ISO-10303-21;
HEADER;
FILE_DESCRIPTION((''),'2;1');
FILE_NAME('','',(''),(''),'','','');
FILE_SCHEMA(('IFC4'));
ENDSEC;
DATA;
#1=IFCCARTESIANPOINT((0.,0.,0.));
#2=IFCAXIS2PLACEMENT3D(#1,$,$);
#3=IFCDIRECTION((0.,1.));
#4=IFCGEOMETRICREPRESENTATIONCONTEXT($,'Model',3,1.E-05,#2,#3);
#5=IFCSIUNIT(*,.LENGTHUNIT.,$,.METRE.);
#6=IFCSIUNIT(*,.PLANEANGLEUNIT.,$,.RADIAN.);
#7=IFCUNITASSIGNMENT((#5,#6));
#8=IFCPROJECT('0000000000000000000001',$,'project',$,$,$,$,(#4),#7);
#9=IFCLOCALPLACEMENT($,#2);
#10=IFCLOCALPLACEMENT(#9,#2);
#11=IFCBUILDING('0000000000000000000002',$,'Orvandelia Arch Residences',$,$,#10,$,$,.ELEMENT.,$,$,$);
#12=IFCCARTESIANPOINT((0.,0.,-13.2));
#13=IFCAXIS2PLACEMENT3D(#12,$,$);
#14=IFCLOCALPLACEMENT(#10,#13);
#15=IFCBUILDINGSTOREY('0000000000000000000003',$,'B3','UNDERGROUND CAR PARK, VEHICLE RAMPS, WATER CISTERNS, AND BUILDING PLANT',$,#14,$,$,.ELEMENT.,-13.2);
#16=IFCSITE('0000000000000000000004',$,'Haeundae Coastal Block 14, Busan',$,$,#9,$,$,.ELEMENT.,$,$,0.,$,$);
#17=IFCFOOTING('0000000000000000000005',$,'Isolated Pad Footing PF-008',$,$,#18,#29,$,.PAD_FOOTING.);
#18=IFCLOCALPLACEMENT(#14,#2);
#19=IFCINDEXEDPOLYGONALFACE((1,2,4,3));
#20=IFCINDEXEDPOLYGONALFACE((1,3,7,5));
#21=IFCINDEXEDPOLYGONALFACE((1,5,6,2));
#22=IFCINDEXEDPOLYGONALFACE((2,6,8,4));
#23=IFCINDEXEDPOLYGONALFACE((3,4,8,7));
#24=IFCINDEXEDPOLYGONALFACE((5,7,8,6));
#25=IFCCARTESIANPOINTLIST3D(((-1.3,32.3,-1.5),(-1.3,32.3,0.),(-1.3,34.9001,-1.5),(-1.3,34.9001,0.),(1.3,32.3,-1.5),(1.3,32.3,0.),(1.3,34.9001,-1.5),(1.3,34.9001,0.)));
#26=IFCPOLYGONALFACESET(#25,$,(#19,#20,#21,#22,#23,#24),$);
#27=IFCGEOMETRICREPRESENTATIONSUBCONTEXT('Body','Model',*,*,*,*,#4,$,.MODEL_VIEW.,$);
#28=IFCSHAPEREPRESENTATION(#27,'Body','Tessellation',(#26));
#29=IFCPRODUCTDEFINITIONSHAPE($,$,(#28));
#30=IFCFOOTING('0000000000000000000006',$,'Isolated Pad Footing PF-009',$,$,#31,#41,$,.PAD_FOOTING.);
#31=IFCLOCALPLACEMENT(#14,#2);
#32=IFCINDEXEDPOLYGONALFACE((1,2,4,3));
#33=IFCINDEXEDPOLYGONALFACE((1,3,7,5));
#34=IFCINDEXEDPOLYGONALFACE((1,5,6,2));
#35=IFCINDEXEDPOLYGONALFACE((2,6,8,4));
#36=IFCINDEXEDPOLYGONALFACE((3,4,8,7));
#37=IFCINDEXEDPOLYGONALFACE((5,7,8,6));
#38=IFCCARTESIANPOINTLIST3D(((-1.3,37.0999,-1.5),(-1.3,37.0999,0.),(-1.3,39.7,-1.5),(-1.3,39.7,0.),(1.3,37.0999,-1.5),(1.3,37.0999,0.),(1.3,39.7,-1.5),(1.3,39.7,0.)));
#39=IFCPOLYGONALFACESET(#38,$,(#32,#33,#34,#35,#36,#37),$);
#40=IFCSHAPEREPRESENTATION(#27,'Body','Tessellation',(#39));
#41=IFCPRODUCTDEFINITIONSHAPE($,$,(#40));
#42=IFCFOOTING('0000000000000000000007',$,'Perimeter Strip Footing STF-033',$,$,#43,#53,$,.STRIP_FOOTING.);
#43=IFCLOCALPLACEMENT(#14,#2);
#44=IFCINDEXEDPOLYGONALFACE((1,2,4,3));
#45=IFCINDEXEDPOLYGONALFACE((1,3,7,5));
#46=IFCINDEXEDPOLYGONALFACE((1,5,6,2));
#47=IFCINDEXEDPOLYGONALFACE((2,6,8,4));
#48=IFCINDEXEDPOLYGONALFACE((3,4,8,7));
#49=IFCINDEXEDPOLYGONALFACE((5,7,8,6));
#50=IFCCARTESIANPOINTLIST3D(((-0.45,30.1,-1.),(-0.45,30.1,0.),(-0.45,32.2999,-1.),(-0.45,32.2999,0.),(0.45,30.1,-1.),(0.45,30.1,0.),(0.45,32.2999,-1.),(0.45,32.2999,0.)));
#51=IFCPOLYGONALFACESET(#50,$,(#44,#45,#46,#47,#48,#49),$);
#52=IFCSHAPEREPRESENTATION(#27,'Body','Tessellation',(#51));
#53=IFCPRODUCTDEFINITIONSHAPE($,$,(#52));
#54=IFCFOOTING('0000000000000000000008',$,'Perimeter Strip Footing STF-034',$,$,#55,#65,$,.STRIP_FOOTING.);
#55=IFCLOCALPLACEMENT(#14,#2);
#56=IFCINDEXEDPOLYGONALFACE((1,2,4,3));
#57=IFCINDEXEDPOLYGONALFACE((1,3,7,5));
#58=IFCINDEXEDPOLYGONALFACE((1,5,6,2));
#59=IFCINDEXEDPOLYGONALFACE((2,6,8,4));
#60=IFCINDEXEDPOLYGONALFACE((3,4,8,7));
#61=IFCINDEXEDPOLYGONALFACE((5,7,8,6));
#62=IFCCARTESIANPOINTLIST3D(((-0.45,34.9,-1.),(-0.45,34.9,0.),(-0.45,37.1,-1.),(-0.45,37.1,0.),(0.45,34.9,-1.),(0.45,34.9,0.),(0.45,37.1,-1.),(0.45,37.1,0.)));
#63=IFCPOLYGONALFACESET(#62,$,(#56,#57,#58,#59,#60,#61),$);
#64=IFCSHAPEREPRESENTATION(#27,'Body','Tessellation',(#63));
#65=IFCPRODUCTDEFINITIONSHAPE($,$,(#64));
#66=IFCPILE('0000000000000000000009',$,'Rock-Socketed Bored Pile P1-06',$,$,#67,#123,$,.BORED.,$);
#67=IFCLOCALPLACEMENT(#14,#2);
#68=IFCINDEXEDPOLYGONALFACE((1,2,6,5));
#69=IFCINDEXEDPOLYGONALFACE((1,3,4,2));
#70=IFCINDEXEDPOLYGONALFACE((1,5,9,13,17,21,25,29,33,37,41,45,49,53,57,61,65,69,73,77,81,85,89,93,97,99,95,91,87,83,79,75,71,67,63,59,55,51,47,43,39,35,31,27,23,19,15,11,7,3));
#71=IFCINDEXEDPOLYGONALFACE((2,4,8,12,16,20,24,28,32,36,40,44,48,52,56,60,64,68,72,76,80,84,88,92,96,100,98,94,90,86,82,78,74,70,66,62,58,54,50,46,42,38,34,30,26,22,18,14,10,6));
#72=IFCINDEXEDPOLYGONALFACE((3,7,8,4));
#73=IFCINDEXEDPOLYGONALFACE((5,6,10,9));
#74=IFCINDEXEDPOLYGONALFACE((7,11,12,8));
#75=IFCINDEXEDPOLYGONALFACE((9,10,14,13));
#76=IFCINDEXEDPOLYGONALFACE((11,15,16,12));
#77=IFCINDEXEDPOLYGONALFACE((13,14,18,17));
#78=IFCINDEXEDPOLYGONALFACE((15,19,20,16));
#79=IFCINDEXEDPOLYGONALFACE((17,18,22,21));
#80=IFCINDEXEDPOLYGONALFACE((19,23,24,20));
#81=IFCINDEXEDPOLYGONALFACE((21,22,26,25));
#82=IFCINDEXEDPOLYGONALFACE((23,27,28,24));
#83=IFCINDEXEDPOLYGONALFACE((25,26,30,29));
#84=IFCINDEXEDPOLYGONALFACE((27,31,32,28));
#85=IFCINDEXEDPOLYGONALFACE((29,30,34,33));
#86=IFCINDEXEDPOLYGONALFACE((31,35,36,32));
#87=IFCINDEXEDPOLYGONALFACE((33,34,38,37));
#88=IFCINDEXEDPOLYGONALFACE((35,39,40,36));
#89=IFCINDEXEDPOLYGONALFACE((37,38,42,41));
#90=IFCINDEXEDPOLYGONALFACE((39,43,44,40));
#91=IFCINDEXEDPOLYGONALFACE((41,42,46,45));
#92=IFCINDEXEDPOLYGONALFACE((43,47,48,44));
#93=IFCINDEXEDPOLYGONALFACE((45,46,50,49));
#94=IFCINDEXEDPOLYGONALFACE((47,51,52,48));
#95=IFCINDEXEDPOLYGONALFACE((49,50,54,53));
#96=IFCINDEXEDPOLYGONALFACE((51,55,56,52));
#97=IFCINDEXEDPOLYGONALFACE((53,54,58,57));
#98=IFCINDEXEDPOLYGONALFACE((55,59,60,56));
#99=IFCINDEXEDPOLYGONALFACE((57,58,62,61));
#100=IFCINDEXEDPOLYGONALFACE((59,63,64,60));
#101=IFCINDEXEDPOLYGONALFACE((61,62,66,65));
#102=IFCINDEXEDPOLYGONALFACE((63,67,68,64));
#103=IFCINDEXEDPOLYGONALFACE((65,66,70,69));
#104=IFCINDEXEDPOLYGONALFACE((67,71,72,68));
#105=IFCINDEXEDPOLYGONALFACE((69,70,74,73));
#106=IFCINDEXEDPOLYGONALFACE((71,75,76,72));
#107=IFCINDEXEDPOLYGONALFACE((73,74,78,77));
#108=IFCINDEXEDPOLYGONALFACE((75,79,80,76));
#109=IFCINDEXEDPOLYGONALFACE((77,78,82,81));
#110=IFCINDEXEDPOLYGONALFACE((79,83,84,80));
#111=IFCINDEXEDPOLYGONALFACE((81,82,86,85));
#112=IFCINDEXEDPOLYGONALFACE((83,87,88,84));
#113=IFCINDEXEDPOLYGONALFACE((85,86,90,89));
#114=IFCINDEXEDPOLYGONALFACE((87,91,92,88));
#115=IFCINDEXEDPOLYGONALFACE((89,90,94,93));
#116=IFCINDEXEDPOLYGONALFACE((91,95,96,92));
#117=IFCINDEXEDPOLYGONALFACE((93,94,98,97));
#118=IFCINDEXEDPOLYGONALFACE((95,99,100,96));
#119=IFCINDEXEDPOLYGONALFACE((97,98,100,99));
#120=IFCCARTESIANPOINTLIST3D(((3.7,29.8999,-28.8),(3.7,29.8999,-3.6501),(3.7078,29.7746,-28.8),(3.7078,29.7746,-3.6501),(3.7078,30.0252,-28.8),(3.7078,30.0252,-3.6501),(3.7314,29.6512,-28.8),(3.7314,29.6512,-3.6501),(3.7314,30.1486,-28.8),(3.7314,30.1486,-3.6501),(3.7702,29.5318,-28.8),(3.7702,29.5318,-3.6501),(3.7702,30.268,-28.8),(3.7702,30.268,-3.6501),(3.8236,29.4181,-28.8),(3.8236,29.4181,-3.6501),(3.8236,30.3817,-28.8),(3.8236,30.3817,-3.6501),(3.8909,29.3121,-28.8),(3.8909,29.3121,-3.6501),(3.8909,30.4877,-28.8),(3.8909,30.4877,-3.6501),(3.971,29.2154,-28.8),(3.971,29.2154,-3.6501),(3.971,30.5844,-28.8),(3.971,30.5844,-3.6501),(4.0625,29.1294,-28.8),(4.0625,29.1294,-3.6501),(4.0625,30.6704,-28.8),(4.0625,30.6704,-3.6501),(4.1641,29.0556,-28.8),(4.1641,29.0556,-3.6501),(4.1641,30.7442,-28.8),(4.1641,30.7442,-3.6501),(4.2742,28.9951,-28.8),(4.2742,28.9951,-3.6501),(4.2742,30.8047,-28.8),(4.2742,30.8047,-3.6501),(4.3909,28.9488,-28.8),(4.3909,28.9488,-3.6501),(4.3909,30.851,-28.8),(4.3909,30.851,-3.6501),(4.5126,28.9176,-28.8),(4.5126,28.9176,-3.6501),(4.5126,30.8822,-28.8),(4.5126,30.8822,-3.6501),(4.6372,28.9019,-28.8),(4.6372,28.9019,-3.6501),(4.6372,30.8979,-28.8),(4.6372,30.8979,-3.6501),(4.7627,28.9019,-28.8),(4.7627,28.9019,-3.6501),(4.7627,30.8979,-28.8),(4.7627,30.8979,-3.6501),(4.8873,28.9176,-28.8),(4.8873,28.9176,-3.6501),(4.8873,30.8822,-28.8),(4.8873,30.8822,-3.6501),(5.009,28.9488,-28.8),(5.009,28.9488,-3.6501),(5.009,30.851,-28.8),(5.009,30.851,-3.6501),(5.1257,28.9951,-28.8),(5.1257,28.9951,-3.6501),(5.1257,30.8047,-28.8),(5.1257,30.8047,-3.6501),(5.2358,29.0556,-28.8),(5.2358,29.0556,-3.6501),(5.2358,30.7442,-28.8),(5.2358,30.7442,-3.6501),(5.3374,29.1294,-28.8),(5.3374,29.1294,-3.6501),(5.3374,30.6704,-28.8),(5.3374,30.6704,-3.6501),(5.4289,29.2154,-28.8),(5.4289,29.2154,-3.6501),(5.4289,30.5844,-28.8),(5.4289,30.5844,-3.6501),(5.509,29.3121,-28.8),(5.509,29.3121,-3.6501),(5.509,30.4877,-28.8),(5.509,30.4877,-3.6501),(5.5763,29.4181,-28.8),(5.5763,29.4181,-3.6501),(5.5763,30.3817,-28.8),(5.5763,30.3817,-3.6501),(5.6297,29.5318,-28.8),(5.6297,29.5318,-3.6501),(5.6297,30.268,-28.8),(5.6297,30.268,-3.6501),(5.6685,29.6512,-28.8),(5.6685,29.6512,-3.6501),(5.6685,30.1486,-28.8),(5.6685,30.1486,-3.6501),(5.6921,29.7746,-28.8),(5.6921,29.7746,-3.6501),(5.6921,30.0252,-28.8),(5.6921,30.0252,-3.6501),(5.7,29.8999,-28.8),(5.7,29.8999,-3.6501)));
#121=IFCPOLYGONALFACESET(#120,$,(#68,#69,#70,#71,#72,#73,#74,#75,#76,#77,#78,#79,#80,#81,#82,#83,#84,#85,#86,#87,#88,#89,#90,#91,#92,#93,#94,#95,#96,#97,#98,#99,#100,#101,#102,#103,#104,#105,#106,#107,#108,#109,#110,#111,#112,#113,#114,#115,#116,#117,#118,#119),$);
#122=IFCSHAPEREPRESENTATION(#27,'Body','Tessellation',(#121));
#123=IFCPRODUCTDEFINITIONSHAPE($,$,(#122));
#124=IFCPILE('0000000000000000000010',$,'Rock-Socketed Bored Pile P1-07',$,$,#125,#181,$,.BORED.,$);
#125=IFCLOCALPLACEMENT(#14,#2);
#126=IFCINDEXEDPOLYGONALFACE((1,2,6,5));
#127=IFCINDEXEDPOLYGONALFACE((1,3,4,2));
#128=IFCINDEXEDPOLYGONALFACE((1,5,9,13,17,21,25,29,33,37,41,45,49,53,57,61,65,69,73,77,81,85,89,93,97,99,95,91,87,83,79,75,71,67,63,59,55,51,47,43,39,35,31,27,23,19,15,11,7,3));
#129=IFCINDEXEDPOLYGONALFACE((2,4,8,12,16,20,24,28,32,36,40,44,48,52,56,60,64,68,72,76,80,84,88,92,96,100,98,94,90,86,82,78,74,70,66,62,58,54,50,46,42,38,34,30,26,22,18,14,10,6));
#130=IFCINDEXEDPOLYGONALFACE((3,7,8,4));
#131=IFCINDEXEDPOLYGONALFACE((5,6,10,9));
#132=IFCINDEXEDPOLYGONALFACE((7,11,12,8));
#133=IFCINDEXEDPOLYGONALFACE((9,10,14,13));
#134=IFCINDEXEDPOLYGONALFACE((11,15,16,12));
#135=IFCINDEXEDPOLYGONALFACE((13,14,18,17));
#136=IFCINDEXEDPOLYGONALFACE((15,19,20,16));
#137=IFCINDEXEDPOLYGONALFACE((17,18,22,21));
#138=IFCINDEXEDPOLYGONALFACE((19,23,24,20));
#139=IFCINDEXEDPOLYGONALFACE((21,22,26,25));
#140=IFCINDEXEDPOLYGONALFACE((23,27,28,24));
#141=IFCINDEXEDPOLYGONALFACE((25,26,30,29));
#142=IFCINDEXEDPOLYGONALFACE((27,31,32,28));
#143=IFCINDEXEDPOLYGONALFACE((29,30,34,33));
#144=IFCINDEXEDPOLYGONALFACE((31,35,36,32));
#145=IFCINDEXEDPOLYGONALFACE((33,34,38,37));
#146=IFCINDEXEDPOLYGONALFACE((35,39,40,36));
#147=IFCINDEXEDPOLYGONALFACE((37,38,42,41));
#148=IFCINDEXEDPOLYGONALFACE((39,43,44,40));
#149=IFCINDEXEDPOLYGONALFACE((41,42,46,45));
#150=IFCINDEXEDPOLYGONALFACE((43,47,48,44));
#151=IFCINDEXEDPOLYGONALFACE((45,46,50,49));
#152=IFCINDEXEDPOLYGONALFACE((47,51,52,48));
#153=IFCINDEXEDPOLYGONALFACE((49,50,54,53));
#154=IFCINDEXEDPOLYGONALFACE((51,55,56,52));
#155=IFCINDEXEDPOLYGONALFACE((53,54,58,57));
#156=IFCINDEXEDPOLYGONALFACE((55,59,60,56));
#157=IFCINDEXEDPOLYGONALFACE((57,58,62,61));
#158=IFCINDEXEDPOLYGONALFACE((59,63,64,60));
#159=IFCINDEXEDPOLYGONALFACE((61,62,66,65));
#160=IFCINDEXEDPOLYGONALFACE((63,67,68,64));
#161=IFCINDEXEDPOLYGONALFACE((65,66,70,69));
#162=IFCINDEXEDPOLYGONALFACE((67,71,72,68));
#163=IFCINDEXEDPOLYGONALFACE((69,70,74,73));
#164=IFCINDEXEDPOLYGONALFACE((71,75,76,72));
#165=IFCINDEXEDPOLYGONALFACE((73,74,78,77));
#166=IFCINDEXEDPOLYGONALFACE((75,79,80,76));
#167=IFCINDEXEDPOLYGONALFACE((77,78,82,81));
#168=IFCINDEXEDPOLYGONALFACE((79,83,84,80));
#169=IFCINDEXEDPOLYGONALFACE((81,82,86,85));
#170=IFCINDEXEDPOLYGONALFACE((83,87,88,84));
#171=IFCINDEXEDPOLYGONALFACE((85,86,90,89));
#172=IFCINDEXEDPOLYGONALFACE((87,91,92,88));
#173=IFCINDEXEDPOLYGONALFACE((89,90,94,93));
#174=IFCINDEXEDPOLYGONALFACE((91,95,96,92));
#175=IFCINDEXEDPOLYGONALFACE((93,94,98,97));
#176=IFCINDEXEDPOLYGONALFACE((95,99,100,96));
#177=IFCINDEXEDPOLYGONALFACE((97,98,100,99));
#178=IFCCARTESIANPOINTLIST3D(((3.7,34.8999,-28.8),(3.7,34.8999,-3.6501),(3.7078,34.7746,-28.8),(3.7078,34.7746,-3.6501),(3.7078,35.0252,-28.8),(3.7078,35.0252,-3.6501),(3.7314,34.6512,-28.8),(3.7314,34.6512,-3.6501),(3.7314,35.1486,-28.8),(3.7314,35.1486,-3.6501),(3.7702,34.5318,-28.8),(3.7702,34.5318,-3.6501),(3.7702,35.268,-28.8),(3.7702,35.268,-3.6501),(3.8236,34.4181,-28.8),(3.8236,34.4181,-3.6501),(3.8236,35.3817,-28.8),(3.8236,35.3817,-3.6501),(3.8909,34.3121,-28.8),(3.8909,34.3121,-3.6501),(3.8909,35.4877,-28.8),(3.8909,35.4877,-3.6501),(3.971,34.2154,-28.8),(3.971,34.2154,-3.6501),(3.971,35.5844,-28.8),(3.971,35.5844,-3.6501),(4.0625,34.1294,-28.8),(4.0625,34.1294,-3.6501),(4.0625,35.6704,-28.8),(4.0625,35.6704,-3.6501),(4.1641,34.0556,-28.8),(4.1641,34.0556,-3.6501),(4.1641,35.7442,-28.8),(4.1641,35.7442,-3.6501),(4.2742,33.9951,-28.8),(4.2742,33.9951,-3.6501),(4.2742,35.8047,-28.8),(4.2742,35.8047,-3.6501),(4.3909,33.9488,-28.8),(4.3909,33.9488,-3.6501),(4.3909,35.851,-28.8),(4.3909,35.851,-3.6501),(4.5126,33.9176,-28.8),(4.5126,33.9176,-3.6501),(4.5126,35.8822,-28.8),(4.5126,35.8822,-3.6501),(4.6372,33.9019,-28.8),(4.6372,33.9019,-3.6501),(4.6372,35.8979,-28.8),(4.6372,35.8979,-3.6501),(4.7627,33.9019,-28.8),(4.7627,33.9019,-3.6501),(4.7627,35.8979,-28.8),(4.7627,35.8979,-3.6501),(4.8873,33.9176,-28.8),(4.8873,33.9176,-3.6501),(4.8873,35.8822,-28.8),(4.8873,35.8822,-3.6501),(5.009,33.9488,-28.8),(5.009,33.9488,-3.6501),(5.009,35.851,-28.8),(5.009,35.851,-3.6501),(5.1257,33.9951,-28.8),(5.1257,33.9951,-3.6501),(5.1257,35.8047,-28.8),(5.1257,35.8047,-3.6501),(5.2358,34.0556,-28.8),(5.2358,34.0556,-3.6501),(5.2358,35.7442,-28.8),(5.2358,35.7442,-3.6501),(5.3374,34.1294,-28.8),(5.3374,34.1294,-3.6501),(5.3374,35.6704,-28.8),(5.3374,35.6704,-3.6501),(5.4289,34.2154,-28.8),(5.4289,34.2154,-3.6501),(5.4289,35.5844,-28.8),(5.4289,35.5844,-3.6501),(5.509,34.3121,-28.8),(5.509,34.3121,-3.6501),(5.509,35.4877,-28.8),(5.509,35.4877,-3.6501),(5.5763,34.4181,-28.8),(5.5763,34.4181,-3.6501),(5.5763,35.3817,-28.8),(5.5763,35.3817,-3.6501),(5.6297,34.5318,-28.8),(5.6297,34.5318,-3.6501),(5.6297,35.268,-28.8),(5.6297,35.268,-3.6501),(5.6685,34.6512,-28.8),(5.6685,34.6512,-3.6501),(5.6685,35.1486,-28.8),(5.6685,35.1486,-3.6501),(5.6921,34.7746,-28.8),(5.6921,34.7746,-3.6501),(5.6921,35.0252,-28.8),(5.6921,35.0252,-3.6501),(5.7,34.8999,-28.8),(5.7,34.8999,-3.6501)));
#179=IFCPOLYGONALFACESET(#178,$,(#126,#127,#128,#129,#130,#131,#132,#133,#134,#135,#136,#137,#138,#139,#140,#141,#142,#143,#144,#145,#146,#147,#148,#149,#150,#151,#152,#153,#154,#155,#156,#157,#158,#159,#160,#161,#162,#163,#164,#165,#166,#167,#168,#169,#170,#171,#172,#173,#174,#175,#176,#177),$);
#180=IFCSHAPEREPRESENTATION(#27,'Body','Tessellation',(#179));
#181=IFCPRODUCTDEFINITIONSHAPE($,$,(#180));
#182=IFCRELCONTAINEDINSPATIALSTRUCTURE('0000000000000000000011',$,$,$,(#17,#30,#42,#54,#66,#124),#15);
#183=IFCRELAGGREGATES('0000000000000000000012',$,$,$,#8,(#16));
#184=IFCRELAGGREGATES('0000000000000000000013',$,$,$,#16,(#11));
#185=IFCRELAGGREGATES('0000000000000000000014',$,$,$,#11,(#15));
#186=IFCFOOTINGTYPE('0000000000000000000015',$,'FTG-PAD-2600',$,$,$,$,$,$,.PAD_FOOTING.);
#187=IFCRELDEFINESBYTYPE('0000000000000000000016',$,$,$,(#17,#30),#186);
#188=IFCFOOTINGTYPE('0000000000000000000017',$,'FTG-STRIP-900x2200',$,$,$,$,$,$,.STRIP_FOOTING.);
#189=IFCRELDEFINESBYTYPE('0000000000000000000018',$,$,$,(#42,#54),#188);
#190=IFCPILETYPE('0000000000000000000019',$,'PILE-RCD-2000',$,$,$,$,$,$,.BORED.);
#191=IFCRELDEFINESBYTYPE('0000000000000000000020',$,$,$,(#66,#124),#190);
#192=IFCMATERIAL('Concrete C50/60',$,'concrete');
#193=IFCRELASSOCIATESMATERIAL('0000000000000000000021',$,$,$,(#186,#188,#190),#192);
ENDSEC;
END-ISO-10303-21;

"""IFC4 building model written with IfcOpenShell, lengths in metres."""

from ifc_helpers import new_model, si_unit, direction, frame, origin, origin_2d, place, context, subcontext, project, spatial, rectangle, circle, extrude, material, material_profile, profile_set, type_object, element, save


model = new_model("IFC4")

# Units and contexts
model_context = context("Model", 3, precision=1e-05, world=origin(), true_north=direction((0.0, 1.0)))
body_context = subcontext(model_context, "Body", "Model", "MODEL_VIEW")
ifc_project = project(units=[si_unit("LENGTHUNIT", "METRE"), si_unit("PLANEANGLEUNIT", "RADIAN")], contexts=[model_context])

# Site, building, storey
site_placement = place(None, origin())
site = spatial("IfcSite", under=ifc_project, at=site_placement, Name="Haeundae Coastal Block 14, Busan", CompositionType="ELEMENT", RefElevation=0.0)
building_placement = place(site_placement, origin())
building = spatial("IfcBuilding", under=site, at=building_placement, Name="Orvandelia Arch Residences", CompositionType="ELEMENT")
storey_placement = place(building_placement, frame((0.0, 0.0, -13.2)))
storey = spatial("IfcBuildingStorey", under=building, at=storey_placement, Name="B3", Description="UNDERGROUND CAR PARK, VEHICLE RAMPS, WATER CISTERNS, AND BUILDING PLANT", CompositionType="ELEMENT", Elevation=-13.2)

# Footings
ifc_material_1 = material(Name="Concrete C50/60", Category="concrete")
footing_type_1 = type_object("IfcFootingType", Name="FTG-PAD-2600", PredefinedType="PAD_FOOTING", material=ifc_material_1)
for number, where, z_axis, x_axis, name in (
    (1, (0.0, 33.6001, -1.5), (0.0, 0.0, 1.0), (1.0, 0.0, 0.0), "Isolated Pad Footing PF-008"),
    (2, (0.0, 38.3999, -1.5), (0.0, 0.0, 1.0), (1.0, 0.0, 0.0), "Isolated Pad Footing PF-009"),
):
    element("IfcFooting", number, at=place(storey_placement, frame(where, z_axis=z_axis, x_axis=x_axis)), inside=storey, type_object=footing_type_1, Name=name, PredefinedType="PAD_FOOTING", context=body_context, shape_type="SweptSolid", body=[
        extrude(rectangle(XDim=2.6001, YDim=2.6001, at=origin_2d()), origin(), (0.0, 0.0, 1.0), 1.5),
    ])
footing_type_2 = type_object("IfcFootingType", Name="FTG-STRIP-900x2200", PredefinedType="STRIP_FOOTING", material=ifc_material_1)
for number, where, z_axis, x_axis, name in (
    (3, (0.0, 31.2, -1.0), (0.0, 0.0, 1.0), (1.0, 0.0, 0.0), "Perimeter Strip Footing STF-033"),
    (4, (0.0, 36.0, -1.0), (0.0, 0.0, 1.0), (1.0, 0.0, 0.0), "Perimeter Strip Footing STF-034"),
):
    element("IfcFooting", number, at=place(storey_placement, frame(where, z_axis=z_axis, x_axis=x_axis)), inside=storey, type_object=footing_type_2, Name=name, PredefinedType="STRIP_FOOTING", context=body_context, shape_type="SweptSolid", body=[
        extrude(rectangle(XDim=0.8999, YDim=2.2, at=origin_2d()), origin(), (0.0, 0.0, 1.0), 1.0),
    ])

# Piles
ifc_material_profile_1 = material_profile(ifc_material_1, circle(Radius=1.0, at=origin_2d()), Name="Concrete C50/60", Category="concrete")
ifc_profile_set_1 = profile_set([ifc_material_profile_1], Name="Concrete C50/60")
pile_type = type_object("IfcPileType", Name="PILE-RCD-2000", PredefinedType="BORED", material=ifc_profile_set_1)
for number, where, z_axis, x_axis, name in (
    (5, (4.7, 29.8999, -3.6501), (0.0, 0.0, -1.0), (1.0, 0.0, 0.0), "Rock-Socketed Bored Pile P1-06"),
    (6, (4.7, 34.8999, -3.6501), (0.0, 0.0, -1.0), (1.0, 0.0, 0.0), "Rock-Socketed Bored Pile P1-07"),
):
    element("IfcPile", number, at=place(storey_placement, frame(where, z_axis=z_axis, x_axis=x_axis)), inside=storey, type_object=pile_type, Name=name, PredefinedType="BORED", context=body_context, shape_type="SweptSolid", body=[
        extrude(circle(Radius=1.0, at=origin_2d()), origin(), (0.0, 0.0, 1.0), 25.1499),
    ])

save(model, "model.ifc")
